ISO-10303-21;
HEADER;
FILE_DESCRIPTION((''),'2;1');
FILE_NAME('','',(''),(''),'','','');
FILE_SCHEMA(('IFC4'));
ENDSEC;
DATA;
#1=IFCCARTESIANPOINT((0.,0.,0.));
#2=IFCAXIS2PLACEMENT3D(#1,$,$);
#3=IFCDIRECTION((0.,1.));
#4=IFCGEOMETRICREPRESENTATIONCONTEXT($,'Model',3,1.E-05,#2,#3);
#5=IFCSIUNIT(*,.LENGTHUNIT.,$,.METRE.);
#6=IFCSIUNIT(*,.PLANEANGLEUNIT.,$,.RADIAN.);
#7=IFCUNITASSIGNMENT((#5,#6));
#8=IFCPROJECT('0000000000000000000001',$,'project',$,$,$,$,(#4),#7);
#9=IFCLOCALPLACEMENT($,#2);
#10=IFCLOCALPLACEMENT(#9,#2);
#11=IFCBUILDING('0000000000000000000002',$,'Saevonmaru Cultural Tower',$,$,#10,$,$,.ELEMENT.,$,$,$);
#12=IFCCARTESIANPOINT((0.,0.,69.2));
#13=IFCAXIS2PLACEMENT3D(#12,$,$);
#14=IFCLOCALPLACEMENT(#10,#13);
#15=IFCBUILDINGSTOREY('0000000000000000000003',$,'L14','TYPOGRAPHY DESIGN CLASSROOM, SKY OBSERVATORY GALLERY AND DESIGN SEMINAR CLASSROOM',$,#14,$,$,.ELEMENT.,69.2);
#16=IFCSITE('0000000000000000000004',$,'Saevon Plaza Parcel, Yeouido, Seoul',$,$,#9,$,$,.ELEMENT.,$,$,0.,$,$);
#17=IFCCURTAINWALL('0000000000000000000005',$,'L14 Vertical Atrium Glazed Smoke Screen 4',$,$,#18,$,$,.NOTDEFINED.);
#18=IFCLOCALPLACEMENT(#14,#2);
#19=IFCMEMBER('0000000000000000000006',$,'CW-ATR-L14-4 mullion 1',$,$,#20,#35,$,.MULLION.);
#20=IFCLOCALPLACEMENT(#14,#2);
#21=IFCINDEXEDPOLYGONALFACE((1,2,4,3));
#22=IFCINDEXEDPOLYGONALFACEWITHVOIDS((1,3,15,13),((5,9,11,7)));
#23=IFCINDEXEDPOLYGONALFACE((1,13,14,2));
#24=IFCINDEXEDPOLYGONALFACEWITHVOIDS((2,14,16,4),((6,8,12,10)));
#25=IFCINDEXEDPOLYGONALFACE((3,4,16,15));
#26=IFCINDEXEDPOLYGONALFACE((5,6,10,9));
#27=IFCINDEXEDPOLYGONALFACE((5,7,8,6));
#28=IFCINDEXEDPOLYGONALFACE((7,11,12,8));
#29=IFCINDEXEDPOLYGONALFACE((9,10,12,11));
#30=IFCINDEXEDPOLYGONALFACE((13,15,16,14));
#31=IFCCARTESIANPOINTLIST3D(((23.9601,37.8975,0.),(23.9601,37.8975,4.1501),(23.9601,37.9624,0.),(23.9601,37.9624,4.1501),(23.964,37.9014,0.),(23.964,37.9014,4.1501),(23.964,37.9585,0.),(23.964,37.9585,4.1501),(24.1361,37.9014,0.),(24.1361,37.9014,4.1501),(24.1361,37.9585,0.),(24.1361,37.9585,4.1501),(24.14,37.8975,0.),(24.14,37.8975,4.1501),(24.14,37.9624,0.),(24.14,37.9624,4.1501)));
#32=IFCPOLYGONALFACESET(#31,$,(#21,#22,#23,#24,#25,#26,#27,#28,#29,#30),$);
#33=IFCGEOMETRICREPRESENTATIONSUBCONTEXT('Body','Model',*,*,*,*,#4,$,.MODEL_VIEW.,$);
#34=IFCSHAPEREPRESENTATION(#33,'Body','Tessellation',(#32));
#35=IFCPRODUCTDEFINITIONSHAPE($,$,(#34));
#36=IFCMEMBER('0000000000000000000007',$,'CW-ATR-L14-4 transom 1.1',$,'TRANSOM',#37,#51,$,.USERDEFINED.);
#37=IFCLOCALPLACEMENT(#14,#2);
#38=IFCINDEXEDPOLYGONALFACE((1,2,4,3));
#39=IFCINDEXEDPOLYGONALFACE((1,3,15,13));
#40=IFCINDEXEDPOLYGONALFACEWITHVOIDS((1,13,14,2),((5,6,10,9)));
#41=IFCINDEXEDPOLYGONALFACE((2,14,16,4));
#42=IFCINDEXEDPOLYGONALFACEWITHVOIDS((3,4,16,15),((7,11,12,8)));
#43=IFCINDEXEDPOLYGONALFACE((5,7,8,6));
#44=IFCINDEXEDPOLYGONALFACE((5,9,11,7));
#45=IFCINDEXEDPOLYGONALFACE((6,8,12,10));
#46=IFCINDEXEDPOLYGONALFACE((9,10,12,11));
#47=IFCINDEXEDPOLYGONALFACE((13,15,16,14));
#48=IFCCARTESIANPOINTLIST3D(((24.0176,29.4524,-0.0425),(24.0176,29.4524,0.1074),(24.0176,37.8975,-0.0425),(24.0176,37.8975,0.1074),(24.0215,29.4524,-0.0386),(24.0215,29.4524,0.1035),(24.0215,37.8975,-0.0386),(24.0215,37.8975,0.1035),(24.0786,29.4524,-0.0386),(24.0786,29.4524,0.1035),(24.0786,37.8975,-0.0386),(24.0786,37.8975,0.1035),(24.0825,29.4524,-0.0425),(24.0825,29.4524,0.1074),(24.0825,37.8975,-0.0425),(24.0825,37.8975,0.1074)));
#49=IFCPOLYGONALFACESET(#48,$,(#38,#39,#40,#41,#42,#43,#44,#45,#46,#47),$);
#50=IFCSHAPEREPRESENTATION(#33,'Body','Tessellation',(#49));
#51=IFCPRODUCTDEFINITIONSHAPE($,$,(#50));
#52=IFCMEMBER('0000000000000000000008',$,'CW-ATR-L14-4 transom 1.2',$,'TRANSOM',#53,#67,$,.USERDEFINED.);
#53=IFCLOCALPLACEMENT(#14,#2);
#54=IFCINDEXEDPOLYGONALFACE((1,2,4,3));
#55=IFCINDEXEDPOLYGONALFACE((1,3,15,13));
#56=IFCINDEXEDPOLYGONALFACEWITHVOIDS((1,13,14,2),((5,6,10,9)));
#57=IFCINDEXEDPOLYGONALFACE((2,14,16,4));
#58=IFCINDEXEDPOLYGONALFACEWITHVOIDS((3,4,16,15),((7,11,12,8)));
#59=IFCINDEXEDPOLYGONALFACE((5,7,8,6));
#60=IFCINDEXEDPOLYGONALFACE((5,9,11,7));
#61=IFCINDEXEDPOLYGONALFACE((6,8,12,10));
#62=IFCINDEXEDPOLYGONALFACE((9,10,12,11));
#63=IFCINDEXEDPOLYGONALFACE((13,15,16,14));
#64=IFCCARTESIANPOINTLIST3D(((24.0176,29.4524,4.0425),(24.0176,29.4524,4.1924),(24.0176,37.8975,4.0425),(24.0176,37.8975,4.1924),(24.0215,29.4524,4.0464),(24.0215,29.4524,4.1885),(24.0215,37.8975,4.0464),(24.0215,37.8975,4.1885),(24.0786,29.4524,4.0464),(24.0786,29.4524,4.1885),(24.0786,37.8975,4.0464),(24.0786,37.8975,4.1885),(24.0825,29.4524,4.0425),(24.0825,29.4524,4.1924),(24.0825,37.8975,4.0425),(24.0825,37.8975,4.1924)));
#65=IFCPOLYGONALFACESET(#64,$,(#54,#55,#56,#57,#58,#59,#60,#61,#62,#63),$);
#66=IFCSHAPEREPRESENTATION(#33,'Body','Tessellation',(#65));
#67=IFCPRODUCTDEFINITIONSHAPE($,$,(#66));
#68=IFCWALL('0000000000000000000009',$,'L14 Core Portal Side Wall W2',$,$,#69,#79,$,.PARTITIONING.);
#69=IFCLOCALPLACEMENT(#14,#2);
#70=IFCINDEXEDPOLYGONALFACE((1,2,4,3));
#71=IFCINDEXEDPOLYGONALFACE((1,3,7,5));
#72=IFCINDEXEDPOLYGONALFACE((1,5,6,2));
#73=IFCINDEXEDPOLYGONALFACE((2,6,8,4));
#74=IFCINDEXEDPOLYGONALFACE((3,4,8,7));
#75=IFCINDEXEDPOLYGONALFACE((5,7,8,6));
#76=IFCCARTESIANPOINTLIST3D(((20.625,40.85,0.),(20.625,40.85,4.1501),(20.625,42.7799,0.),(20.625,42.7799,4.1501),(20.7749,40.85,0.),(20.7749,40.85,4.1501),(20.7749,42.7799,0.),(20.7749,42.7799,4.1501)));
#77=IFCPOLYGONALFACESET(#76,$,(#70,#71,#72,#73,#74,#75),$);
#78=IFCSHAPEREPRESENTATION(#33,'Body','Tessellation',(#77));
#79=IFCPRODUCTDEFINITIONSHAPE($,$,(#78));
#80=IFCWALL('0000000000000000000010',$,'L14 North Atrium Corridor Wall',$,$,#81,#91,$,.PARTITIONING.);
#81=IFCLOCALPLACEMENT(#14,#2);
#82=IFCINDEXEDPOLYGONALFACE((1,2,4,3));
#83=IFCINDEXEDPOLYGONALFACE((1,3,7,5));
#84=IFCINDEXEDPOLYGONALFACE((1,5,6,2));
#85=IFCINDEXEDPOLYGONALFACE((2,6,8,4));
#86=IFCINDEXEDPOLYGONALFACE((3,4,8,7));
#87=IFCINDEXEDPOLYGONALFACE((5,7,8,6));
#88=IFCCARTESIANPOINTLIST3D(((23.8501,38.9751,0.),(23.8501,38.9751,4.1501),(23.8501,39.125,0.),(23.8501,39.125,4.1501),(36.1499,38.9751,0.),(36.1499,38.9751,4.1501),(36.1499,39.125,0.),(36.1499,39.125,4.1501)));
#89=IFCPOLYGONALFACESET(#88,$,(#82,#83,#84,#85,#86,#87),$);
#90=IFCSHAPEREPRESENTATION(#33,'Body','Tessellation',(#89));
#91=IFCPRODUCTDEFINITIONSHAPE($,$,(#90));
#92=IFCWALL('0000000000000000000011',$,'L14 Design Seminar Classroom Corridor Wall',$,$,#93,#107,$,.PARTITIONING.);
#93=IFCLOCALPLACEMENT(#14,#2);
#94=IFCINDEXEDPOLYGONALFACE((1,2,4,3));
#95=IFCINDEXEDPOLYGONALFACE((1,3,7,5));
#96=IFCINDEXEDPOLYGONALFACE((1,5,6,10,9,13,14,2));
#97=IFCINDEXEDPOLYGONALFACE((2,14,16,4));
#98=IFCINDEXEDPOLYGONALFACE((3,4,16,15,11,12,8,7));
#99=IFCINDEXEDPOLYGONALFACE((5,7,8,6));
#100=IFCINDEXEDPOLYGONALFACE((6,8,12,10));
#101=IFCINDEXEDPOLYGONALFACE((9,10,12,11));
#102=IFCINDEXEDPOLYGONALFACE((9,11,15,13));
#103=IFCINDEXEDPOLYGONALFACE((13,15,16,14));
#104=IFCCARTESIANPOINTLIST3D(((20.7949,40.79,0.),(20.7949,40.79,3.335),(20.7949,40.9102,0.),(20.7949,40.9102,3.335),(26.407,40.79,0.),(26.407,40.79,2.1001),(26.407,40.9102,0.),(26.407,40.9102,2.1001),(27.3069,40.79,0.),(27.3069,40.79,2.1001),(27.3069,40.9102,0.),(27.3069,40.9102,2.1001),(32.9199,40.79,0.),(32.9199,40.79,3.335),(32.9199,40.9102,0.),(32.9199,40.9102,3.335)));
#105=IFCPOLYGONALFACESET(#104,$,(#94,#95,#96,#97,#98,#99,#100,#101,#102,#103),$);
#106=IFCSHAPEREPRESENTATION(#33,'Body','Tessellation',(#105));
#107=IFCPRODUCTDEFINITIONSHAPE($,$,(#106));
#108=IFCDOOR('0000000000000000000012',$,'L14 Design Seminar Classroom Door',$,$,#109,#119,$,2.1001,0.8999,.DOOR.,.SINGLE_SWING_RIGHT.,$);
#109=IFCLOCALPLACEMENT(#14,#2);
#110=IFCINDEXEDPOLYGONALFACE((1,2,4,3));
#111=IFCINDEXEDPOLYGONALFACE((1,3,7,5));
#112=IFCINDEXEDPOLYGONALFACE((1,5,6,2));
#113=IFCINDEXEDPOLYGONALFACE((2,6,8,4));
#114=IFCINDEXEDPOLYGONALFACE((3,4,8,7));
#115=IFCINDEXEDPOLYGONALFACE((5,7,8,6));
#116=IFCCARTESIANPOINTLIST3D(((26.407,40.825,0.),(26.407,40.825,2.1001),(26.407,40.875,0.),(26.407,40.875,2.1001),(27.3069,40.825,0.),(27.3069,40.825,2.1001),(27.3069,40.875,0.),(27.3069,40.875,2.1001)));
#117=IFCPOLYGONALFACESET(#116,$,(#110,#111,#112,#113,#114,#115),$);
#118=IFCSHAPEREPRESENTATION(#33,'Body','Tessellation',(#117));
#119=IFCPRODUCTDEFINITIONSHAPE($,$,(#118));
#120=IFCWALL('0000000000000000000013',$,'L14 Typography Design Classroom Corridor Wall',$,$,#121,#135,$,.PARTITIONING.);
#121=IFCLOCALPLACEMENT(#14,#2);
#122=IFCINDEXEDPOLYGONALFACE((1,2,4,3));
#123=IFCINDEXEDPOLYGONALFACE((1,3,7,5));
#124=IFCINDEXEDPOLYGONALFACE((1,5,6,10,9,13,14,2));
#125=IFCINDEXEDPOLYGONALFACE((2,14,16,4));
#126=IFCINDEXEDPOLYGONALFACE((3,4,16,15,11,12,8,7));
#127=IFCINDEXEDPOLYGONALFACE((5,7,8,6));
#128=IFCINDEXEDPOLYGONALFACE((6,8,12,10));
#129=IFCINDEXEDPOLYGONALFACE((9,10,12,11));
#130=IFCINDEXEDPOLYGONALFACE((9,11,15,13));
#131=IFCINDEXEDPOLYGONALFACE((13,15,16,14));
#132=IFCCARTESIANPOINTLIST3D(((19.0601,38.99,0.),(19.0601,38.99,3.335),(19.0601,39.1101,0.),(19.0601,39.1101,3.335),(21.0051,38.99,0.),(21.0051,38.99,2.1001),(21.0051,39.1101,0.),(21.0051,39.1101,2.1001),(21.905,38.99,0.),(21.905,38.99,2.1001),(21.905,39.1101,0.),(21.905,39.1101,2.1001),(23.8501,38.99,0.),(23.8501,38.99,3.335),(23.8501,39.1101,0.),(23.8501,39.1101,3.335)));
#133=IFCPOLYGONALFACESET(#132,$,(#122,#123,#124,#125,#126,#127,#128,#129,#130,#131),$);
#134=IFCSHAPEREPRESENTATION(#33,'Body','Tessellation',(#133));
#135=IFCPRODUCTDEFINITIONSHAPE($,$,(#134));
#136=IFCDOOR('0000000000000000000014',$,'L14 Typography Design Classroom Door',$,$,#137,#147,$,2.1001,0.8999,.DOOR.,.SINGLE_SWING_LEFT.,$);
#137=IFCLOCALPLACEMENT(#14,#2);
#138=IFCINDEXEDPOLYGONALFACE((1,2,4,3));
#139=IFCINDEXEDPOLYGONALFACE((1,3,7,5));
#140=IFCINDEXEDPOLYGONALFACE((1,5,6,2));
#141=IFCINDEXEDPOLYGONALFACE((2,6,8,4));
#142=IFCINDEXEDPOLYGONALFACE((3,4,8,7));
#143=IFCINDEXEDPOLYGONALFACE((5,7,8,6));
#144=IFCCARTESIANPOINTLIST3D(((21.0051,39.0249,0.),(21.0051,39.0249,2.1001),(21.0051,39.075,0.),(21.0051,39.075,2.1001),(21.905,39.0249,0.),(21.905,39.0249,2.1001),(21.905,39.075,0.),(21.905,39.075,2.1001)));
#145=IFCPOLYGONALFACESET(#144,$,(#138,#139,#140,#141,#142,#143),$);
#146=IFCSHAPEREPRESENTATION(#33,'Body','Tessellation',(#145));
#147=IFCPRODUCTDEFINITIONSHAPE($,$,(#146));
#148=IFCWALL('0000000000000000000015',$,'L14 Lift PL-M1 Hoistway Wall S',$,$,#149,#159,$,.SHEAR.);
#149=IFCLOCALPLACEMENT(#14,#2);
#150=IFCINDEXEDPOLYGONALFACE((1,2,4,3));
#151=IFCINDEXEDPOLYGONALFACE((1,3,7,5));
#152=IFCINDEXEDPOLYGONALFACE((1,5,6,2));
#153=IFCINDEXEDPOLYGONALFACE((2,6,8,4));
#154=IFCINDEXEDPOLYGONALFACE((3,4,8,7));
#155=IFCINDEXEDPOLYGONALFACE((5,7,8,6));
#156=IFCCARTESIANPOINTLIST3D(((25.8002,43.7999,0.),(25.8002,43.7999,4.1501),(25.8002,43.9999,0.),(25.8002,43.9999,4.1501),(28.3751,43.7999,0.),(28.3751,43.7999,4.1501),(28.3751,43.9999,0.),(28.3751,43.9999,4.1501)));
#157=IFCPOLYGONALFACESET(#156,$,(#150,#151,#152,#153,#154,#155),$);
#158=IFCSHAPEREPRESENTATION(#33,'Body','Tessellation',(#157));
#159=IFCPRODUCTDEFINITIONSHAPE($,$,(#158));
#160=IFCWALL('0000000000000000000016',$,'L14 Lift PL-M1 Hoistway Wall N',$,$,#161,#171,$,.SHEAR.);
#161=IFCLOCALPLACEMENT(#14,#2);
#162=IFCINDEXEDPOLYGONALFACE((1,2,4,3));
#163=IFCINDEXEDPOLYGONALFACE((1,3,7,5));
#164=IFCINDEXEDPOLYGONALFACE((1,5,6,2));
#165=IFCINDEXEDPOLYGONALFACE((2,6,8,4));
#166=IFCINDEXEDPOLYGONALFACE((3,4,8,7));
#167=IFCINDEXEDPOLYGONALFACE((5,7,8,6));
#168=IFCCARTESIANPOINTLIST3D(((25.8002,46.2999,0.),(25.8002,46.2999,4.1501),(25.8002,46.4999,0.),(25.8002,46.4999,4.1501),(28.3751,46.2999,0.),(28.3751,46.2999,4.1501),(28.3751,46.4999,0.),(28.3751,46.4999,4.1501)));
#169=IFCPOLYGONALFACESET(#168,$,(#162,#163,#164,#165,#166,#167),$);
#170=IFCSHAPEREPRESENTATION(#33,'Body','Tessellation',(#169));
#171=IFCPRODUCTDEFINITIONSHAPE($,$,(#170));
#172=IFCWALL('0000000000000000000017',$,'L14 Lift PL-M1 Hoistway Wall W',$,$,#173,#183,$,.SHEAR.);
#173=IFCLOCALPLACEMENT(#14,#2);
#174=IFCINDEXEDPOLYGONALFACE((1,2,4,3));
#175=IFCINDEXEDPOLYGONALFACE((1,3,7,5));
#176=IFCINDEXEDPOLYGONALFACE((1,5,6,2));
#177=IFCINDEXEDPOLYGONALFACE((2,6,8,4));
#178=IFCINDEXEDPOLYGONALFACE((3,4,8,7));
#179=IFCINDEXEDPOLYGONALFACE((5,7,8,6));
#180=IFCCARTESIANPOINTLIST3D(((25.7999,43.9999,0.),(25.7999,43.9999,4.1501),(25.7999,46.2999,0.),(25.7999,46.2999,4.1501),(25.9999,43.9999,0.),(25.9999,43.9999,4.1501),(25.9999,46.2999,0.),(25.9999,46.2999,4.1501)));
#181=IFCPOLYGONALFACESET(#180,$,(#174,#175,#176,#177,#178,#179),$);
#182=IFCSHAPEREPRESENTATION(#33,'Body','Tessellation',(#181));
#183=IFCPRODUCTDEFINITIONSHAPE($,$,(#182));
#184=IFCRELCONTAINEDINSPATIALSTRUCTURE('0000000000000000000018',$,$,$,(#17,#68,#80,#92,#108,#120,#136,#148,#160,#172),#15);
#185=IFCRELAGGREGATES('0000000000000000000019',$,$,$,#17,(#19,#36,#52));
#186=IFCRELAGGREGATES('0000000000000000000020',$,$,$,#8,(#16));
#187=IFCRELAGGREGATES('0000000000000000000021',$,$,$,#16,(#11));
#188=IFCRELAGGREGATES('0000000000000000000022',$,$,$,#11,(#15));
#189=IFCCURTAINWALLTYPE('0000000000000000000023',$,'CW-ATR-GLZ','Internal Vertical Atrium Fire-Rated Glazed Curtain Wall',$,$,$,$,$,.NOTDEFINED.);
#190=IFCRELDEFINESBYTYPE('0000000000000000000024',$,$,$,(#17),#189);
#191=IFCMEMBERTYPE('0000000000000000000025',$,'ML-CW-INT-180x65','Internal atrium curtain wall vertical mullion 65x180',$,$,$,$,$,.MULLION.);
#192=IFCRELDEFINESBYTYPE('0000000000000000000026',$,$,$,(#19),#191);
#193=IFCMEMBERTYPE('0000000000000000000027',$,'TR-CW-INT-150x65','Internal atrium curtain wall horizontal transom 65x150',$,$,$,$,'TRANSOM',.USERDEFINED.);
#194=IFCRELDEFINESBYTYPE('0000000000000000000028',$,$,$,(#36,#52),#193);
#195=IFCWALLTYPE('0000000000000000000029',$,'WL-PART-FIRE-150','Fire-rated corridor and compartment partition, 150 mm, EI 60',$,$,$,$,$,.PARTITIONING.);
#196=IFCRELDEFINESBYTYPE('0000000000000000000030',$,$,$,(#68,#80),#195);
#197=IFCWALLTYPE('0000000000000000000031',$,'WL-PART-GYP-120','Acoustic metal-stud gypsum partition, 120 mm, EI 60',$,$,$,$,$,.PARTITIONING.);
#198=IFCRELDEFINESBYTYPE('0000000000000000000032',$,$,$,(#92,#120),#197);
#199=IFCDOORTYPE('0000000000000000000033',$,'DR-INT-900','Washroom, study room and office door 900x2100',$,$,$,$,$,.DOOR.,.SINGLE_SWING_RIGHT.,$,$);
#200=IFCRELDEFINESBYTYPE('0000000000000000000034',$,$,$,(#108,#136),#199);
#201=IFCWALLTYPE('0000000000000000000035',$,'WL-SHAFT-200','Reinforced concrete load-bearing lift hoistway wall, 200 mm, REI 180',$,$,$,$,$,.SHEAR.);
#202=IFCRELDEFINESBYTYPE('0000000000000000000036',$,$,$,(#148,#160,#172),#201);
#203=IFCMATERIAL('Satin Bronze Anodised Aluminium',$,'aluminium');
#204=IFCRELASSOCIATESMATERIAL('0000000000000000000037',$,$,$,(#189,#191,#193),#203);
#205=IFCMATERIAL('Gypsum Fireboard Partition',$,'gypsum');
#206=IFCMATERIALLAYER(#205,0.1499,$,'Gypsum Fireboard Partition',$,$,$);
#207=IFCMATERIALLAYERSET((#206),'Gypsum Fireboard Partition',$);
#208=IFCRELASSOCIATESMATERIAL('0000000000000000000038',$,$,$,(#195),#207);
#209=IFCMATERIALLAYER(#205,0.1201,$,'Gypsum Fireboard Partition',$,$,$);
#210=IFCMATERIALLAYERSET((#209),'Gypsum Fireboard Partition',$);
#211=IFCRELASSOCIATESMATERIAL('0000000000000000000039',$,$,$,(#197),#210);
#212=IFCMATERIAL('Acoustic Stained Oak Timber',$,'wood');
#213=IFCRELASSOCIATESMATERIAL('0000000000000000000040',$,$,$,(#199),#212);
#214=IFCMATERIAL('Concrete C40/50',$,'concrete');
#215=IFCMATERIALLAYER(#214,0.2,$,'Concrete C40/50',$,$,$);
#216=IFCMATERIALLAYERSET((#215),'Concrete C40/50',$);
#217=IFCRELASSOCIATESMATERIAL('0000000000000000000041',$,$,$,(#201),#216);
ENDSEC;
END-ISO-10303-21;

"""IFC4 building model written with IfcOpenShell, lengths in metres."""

from ifc_helpers import new_model, si_unit, direction, frame, frame_2d, origin, origin_2d, place, context, subcontext, project, spatial, rectangle, hollow_rectangle, extrude, material, layer, layer_set, material_profile, profile_set, type_object, element, fill, aggregate, save


model = new_model("IFC4")

# Units and contexts
model_context = context("Model", 3, precision=1e-05, world=origin(), true_north=direction((0.0, 1.0)))
body_context = subcontext(model_context, "Body", "Model", "MODEL_VIEW")
ifc_project = project(units=[si_unit("LENGTHUNIT", "METRE"), si_unit("PLANEANGLEUNIT", "RADIAN")], contexts=[model_context])

# Site, building, storey
site_placement = place(None, origin())
site = spatial("IfcSite", under=ifc_project, at=site_placement, Name="Saevon Plaza Parcel, Yeouido, Seoul", CompositionType="ELEMENT", RefElevation=0.0)
building_placement = place(site_placement, origin())
building = spatial("IfcBuilding", under=site, at=building_placement, Name="Saevonmaru Cultural Tower", CompositionType="ELEMENT")
storey_placement = place(building_placement, frame((0.0, 0.0, 69.2)))
storey = spatial("IfcBuildingStorey", under=building, at=storey_placement, Name="L14", Description="TYPOGRAPHY DESIGN CLASSROOM, SKY OBSERVATORY GALLERY AND DESIGN SEMINAR CLASSROOM", CompositionType="ELEMENT", Elevation=69.2)

# Shared definitions
ifc_material_1 = material(Name="Satin Bronze Anodised Aluminium", Category="aluminium")
curtain_wall_type = type_object("IfcCurtainWallType", Name="CW-ATR-GLZ", Description="Internal Vertical Atrium Fire-Rated Glazed Curtain Wall", PredefinedType="NOTDEFINED", material=ifc_material_1)
ifc_material_profile_1 = material_profile(ifc_material_1, hollow_rectangle(XDim=0.0649, YDim=0.1799, WallThickness=0.0039, at=origin_2d()), Name="ALU-MULL-180x65x4")
ifc_profile_set_1 = profile_set([ifc_material_profile_1], Name="Satin Bronze Anodised Aluminium")
member_type_1 = type_object("IfcMemberType", Name="ML-CW-INT-180x65", Description="Internal atrium curtain wall vertical mullion 65x180", PredefinedType="MULLION", material=ifc_profile_set_1)

# Curtain wall, members
curtain_wall_1_placement = place(storey_placement, origin())
curtain_wall_1 = element("IfcCurtainWall", 1, at=curtain_wall_1_placement, inside=storey, type_object=curtain_wall_type, Name="L14 Vertical Atrium Glazed Smoke Screen 4", PredefinedType="NOTDEFINED")
member_1_placement = place(storey_placement, frame((24.05, 37.9299, 0.0), z_axis=(0.0, 0.0, 1.0), x_axis=(0.0, -1.0, 0.0)))
member_1 = element("IfcMember", 2, at=member_1_placement, type_object=member_type_1, Name="CW-ATR-L14-4 mullion 1", PredefinedType="MULLION", context=body_context, shape_type="SweptSolid", body=[
    extrude(hollow_rectangle(XDim=0.0649, YDim=0.1799, WallThickness=0.0039, at=origin_2d()), origin(), (0.0, 0.0, 1.0), 4.1501),
])
ifc_material_profile_2 = material_profile(ifc_material_1, hollow_rectangle(XDim=0.0649, YDim=0.1499, WallThickness=0.0039, at=origin_2d()), Name="ALU-TRAN-150x65x4")
ifc_profile_set_2 = profile_set([ifc_material_profile_2], Name="Satin Bronze Anodised Aluminium")
member_type_2 = type_object("IfcMemberType", Name="TR-CW-INT-150x65", Description="Internal atrium curtain wall horizontal transom 65x150", ElementType="TRANSOM", PredefinedType="USERDEFINED", material=ifc_profile_set_2)
member_2_placement = place(storey_placement, frame((24.05, 37.8975, 0.0325), z_axis=(0.0, -1.0, 0.0), x_axis=(1.0, 0.0, 0.0)))
member_2 = element("IfcMember", 3, at=member_2_placement, type_object=member_type_2, Name="CW-ATR-L14-4 transom 1.1", ObjectType="TRANSOM", PredefinedType="USERDEFINED", context=body_context, shape_type="SweptSolid", body=[
    extrude(hollow_rectangle(XDim=0.0649, YDim=0.1499, WallThickness=0.0039, at=origin_2d()), origin(), (0.0, 0.0, 1.0), 8.4451),
])
member_3_placement = place(storey_placement, frame((24.05, 37.8975, 4.1174), z_axis=(0.0, -1.0, 0.0), x_axis=(1.0, 0.0, 0.0)))
member_3 = element("IfcMember", 4, at=member_3_placement, type_object=member_type_2, Name="CW-ATR-L14-4 transom 1.2", ObjectType="TRANSOM", PredefinedType="USERDEFINED", context=body_context, shape_type="SweptSolid", body=[
    extrude(hollow_rectangle(XDim=0.0649, YDim=0.1499, WallThickness=0.0039, at=origin_2d()), origin(), (0.0, 0.0, 1.0), 8.4451),
])
aggregate(curtain_wall_1, [member_1, member_2, member_3])

# Shared definitions
ifc_material_2 = material(Name="Gypsum Fireboard Partition", Category="gypsum")

# Walls
ifc_layer_1 = layer(ifc_material_2, 0.1499, Name="Gypsum Fireboard Partition")
ifc_layer_set_1 = layer_set([ifc_layer_1], Name="Gypsum Fireboard Partition")
wall_type_1 = type_object("IfcWallType", Name="WL-PART-FIRE-150", Description="Fire-rated corridor and compartment partition, 150 mm, EI 60", PredefinedType="PARTITIONING", material=ifc_layer_set_1)
wall_1_placement = place(storey_placement, frame((20.7, 40.8501, 0.0), z_axis=(0.0, 0.0, 1.0), x_axis=(0.0, 1.0, 0.0)))
element("IfcWall", 5, at=wall_1_placement, inside=storey, type_object=wall_type_1, Name="L14 Core Portal Side Wall W2", PredefinedType="PARTITIONING", context=body_context, shape_type="SweptSolid", body=[
    extrude(rectangle(XDim=1.9299, YDim=0.1499, at=frame_2d((0.9648, 0.0))), origin(), (0.0, 0.0, 1.0), 4.1501),
])
wall_2_placement = place(storey_placement, frame((23.8501, 39.05, 0.0), z_axis=(0.0, 0.0, 1.0), x_axis=(1.0, 0.0, 0.0)))
element("IfcWall", 6, at=wall_2_placement, inside=storey, type_object=wall_type_1, Name="L14 North Atrium Corridor Wall", PredefinedType="PARTITIONING", context=body_context, shape_type="SweptSolid", body=[
    extrude(rectangle(XDim=12.2998, YDim=0.1499, at=frame_2d((6.1499, 0.0))), origin(), (0.0, 0.0, 1.0), 4.1501),
])

# Walls, openings, doors
ifc_layer_2 = layer(ifc_material_2, 0.1201, Name="Gypsum Fireboard Partition")
ifc_layer_set_2 = layer_set([ifc_layer_2], Name="Gypsum Fireboard Partition")
wall_type_2 = type_object("IfcWallType", Name="WL-PART-GYP-120", Description="Acoustic metal-stud gypsum partition, 120 mm, EI 60", PredefinedType="PARTITIONING", material=ifc_layer_set_2)
wall_3_placement = place(storey_placement, frame((20.7949, 40.8501, 0.0), z_axis=(0.0, 0.0, 1.0), x_axis=(1.0, 0.0, 0.0)))
wall_3 = element("IfcWall", 7, at=wall_3_placement, inside=storey, type_object=wall_type_2, Name="L14 Design Seminar Classroom Corridor Wall", PredefinedType="PARTITIONING", context=body_context, shape_type="SweptSolid", body=[
    extrude(rectangle(XDim=12.125, YDim=0.1201, at=frame_2d((6.0625, 0.0))), origin(), (0.0, 0.0, 1.0), 3.335),
])
opening_1_placement = place(wall_3_placement, frame((5.6121, 0.0, 0.0)))
opening_1 = element("IfcOpeningElement", 8, at=opening_1_placement, cuts=wall_3, PredefinedType="OPENING", context=body_context, shape_type="SweptSolid", body=[
    extrude(rectangle(XDim=0.8999, YDim=2.1001, at=frame_2d((0.45, 1.05))), frame((0.0, 0.0701, 0.0), z_axis=(0.0, -1.0, 0.0), x_axis=(1.0, 0.0, 0.0)), (0.0, 0.0, 1.0), 0.1401),
])
ifc_material_3 = material(Name="Acoustic Stained Oak Timber", Category="wood")
door_type_1 = type_object("IfcDoorType", Name="DR-INT-900", Description="Washroom, study room and office door 900x2100", OperationType="SINGLE_SWING_RIGHT", PredefinedType="DOOR", material=ifc_material_3)
door_1_placement = place(opening_1_placement, origin())
door_1 = element("IfcDoor", 9, at=door_1_placement, inside=storey, type_object=door_type_1, Name="L14 Design Seminar Classroom Door", OperationType="SINGLE_SWING_RIGHT", OverallHeight=2.1001, OverallWidth=0.8999, PredefinedType="DOOR", context=body_context, shape_type="SweptSolid", body=[
    extrude(rectangle(XDim=0.8999, YDim=2.1001, at=frame_2d((0.45, 1.05))), frame((0.0, 0.0249, 0.0), z_axis=(0.0, -1.0, 0.0), x_axis=(1.0, 0.0, 0.0)), (0.0, 0.0, 1.0), 0.05),
])
fill(opening_1, door_1)
wall_4_placement = place(storey_placement, frame((19.0601, 39.05, 0.0), z_axis=(0.0, 0.0, 1.0), x_axis=(1.0, 0.0, 0.0)))
wall_4 = element("IfcWall", 10, at=wall_4_placement, inside=storey, type_object=wall_type_2, Name="L14 Typography Design Classroom Corridor Wall", PredefinedType="PARTITIONING", context=body_context, shape_type="SweptSolid", body=[
    extrude(rectangle(XDim=4.79, YDim=0.1201, at=frame_2d((2.395, 0.0))), origin(), (0.0, 0.0, 1.0), 3.335),
])
opening_2_placement = place(wall_4_placement, frame((1.9451, 0.0, 0.0)))
opening_2 = element("IfcOpeningElement", 11, at=opening_2_placement, cuts=wall_4, PredefinedType="OPENING", context=body_context, shape_type="SweptSolid", body=[
    extrude(rectangle(XDim=0.8999, YDim=2.1001, at=frame_2d((0.45, 1.05))), frame((0.0, 0.0701, 0.0), z_axis=(0.0, -1.0, 0.0), x_axis=(1.0, 0.0, 0.0)), (0.0, 0.0, 1.0), 0.1401),
])
door_2_placement = place(opening_2_placement, origin())
door_2 = element("IfcDoor", 12, at=door_2_placement, inside=storey, type_object=door_type_1, Name="L14 Typography Design Classroom Door", OperationType="SINGLE_SWING_LEFT", OverallHeight=2.1001, OverallWidth=0.8999, PredefinedType="DOOR", context=body_context, shape_type="SweptSolid", body=[
    extrude(rectangle(XDim=0.8999, YDim=2.1001, at=frame_2d((0.45, 1.05))), frame((0.0, 0.0249, 0.0), z_axis=(0.0, -1.0, 0.0), x_axis=(1.0, 0.0, 0.0)), (0.0, 0.0, 1.0), 0.05),
])
fill(opening_2, door_2)

# Walls
ifc_material_4 = material(Name="Concrete C40/50", Category="concrete")
ifc_layer_3 = layer(ifc_material_4, 0.2, Name="Concrete C40/50")
ifc_layer_set_3 = layer_set([ifc_layer_3], Name="Concrete C40/50")
wall_type_3 = type_object("IfcWallType", Name="WL-SHAFT-200", Description="Reinforced concrete load-bearing lift hoistway wall, 200 mm, REI 180", PredefinedType="SHEAR", material=ifc_layer_set_3)
for number, where, z_axis, x_axis, name in (
    (13, (25.8, 43.8999, 0.0), (0.0, 0.0, 1.0), (1.0, 0.0, 0.0), "L14 Lift PL-M1 Hoistway Wall S"),
    (14, (25.8, 46.3999, 0.0), (0.0, 0.0, 1.0), (1.0, 0.0, 0.0), "L14 Lift PL-M1 Hoistway Wall N"),
):
    element("IfcWall", number, at=place(storey_placement, frame(where, z_axis=z_axis, x_axis=x_axis)), inside=storey, type_object=wall_type_3, Name=name, PredefinedType="SHEAR", context=body_context, shape_type="SweptSolid", body=[
        extrude(rectangle(XDim=2.575, YDim=0.2, at=frame_2d((1.2876, 0.0))), origin(), (0.0, 0.0, 1.0), 4.1501),
    ])
wall_5_placement = place(storey_placement, frame((25.8999, 44.0, 0.0), z_axis=(0.0, 0.0, 1.0), x_axis=(0.0, 1.0, 0.0)))
element("IfcWall", 15, at=wall_5_placement, inside=storey, type_object=wall_type_3, Name="L14 Lift PL-M1 Hoistway Wall W", PredefinedType="SHEAR", context=body_context, shape_type="SweptSolid", body=[
    extrude(rectangle(XDim=2.3, YDim=0.2, at=frame_2d((1.1499, 0.0))), origin(), (0.0, 0.0, 1.0), 4.1501),
])

save(model, "model.ifc")
